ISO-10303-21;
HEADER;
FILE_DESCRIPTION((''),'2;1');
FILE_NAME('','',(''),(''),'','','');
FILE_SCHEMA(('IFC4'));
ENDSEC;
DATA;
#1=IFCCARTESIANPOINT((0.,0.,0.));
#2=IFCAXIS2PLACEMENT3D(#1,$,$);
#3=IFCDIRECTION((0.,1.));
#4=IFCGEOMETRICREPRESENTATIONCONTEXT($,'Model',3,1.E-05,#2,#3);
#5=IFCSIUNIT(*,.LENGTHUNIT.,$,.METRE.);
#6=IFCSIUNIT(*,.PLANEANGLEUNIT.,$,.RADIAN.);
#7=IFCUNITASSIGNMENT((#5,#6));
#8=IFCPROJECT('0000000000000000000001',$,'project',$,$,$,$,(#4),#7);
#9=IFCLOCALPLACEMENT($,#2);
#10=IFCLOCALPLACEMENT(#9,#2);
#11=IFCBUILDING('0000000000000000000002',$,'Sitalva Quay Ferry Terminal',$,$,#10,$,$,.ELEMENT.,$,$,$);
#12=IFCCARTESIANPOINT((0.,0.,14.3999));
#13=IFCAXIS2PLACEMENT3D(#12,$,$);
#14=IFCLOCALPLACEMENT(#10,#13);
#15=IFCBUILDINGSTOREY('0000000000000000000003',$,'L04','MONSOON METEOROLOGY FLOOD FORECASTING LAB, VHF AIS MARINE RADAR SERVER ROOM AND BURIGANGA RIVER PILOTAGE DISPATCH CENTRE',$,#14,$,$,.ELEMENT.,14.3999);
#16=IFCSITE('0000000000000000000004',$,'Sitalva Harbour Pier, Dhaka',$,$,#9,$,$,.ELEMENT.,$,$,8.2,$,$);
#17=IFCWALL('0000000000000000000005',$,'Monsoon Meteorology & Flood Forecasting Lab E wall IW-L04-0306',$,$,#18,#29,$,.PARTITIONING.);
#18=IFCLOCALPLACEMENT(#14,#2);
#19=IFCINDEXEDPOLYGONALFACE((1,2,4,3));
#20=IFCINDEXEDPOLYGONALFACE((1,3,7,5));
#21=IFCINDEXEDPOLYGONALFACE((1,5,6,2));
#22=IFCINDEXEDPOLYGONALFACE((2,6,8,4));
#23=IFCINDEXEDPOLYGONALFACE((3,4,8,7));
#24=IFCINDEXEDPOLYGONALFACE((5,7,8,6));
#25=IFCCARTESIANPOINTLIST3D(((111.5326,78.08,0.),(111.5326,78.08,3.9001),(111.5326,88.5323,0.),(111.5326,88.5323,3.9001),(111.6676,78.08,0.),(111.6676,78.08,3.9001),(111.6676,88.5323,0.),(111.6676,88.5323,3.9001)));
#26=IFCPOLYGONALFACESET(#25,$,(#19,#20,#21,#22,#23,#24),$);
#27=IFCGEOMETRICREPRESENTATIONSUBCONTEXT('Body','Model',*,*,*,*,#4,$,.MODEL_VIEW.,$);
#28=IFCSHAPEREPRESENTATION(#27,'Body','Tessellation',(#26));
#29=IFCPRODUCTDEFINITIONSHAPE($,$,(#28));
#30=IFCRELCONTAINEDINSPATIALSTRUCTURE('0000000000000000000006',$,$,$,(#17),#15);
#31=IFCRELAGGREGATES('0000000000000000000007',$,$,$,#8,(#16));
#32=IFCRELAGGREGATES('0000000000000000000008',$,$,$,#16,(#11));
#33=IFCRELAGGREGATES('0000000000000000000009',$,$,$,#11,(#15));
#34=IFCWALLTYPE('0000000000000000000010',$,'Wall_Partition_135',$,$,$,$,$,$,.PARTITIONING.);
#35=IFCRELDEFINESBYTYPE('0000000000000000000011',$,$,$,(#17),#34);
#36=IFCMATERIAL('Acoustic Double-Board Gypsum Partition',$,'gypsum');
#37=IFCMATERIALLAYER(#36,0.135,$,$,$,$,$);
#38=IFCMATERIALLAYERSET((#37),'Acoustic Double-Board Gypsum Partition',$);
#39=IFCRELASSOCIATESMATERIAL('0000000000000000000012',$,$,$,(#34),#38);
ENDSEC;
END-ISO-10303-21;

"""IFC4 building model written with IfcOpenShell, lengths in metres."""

from ifc_helpers import new_model, si_unit, direction, frame, frame_2d, origin, place, context, subcontext, project, spatial, rectangle, extrude, material, layer, layer_set, type_object, element, save


model = new_model("IFC4")

# Units and contexts
model_context = context("Model", 3, precision=1e-05, world=origin(), true_north=direction((0.0, 1.0)))
body_context = subcontext(model_context, "Body", "Model", "MODEL_VIEW")
ifc_project = project(units=[si_unit("LENGTHUNIT", "METRE"), si_unit("PLANEANGLEUNIT", "RADIAN")], contexts=[model_context])

# Site, building, storey
site_placement = place(None, origin())
site = spatial("IfcSite", under=ifc_project, at=site_placement, Name="Sitalva Harbour Pier, Dhaka", CompositionType="ELEMENT", RefElevation=8.2)
building_placement = place(site_placement, origin())
building = spatial("IfcBuilding", under=site, at=building_placement, Name="Sitalva Quay Ferry Terminal", CompositionType="ELEMENT")
storey_placement = place(building_placement, frame((0.0, 0.0, 14.3999)))
storey = spatial("IfcBuildingStorey", under=building, at=storey_placement, Name="L04", Description="MONSOON METEOROLOGY FLOOD FORECASTING LAB, VHF AIS MARINE RADAR SERVER ROOM AND BURIGANGA RIVER PILOTAGE DISPATCH CENTRE", CompositionType="ELEMENT", Elevation=14.3999)

# Wall
ifc_material_1 = material(Name="Acoustic Double-Board Gypsum Partition", Category="gypsum")
ifc_layer_1 = layer(ifc_material_1, 0.135)
ifc_layer_set_1 = layer_set([ifc_layer_1], Name="Acoustic Double-Board Gypsum Partition")
wall_type = type_object("IfcWallType", Name="Wall_Partition_135", PredefinedType="PARTITIONING", material=ifc_layer_set_1)
wall_placement = place(storey_placement, frame((111.6001, 78.0801, 0.0), z_axis=(0.0, 0.0, 1.0), x_axis=(0.0, 1.0, 0.0)))
element("IfcWall", 1, at=wall_placement, inside=storey, type_object=wall_type, Name="Monsoon Meteorology & Flood Forecasting Lab E wall IW-L04-0306", PredefinedType="PARTITIONING", context=body_context, shape_type="SweptSolid", body=[
    extrude(rectangle(XDim=10.4524, YDim=0.135, at=frame_2d((5.2261, 0.0))), origin(), (0.0, 0.0, 1.0), 3.9001),
])

save(model, "model.ifc")
